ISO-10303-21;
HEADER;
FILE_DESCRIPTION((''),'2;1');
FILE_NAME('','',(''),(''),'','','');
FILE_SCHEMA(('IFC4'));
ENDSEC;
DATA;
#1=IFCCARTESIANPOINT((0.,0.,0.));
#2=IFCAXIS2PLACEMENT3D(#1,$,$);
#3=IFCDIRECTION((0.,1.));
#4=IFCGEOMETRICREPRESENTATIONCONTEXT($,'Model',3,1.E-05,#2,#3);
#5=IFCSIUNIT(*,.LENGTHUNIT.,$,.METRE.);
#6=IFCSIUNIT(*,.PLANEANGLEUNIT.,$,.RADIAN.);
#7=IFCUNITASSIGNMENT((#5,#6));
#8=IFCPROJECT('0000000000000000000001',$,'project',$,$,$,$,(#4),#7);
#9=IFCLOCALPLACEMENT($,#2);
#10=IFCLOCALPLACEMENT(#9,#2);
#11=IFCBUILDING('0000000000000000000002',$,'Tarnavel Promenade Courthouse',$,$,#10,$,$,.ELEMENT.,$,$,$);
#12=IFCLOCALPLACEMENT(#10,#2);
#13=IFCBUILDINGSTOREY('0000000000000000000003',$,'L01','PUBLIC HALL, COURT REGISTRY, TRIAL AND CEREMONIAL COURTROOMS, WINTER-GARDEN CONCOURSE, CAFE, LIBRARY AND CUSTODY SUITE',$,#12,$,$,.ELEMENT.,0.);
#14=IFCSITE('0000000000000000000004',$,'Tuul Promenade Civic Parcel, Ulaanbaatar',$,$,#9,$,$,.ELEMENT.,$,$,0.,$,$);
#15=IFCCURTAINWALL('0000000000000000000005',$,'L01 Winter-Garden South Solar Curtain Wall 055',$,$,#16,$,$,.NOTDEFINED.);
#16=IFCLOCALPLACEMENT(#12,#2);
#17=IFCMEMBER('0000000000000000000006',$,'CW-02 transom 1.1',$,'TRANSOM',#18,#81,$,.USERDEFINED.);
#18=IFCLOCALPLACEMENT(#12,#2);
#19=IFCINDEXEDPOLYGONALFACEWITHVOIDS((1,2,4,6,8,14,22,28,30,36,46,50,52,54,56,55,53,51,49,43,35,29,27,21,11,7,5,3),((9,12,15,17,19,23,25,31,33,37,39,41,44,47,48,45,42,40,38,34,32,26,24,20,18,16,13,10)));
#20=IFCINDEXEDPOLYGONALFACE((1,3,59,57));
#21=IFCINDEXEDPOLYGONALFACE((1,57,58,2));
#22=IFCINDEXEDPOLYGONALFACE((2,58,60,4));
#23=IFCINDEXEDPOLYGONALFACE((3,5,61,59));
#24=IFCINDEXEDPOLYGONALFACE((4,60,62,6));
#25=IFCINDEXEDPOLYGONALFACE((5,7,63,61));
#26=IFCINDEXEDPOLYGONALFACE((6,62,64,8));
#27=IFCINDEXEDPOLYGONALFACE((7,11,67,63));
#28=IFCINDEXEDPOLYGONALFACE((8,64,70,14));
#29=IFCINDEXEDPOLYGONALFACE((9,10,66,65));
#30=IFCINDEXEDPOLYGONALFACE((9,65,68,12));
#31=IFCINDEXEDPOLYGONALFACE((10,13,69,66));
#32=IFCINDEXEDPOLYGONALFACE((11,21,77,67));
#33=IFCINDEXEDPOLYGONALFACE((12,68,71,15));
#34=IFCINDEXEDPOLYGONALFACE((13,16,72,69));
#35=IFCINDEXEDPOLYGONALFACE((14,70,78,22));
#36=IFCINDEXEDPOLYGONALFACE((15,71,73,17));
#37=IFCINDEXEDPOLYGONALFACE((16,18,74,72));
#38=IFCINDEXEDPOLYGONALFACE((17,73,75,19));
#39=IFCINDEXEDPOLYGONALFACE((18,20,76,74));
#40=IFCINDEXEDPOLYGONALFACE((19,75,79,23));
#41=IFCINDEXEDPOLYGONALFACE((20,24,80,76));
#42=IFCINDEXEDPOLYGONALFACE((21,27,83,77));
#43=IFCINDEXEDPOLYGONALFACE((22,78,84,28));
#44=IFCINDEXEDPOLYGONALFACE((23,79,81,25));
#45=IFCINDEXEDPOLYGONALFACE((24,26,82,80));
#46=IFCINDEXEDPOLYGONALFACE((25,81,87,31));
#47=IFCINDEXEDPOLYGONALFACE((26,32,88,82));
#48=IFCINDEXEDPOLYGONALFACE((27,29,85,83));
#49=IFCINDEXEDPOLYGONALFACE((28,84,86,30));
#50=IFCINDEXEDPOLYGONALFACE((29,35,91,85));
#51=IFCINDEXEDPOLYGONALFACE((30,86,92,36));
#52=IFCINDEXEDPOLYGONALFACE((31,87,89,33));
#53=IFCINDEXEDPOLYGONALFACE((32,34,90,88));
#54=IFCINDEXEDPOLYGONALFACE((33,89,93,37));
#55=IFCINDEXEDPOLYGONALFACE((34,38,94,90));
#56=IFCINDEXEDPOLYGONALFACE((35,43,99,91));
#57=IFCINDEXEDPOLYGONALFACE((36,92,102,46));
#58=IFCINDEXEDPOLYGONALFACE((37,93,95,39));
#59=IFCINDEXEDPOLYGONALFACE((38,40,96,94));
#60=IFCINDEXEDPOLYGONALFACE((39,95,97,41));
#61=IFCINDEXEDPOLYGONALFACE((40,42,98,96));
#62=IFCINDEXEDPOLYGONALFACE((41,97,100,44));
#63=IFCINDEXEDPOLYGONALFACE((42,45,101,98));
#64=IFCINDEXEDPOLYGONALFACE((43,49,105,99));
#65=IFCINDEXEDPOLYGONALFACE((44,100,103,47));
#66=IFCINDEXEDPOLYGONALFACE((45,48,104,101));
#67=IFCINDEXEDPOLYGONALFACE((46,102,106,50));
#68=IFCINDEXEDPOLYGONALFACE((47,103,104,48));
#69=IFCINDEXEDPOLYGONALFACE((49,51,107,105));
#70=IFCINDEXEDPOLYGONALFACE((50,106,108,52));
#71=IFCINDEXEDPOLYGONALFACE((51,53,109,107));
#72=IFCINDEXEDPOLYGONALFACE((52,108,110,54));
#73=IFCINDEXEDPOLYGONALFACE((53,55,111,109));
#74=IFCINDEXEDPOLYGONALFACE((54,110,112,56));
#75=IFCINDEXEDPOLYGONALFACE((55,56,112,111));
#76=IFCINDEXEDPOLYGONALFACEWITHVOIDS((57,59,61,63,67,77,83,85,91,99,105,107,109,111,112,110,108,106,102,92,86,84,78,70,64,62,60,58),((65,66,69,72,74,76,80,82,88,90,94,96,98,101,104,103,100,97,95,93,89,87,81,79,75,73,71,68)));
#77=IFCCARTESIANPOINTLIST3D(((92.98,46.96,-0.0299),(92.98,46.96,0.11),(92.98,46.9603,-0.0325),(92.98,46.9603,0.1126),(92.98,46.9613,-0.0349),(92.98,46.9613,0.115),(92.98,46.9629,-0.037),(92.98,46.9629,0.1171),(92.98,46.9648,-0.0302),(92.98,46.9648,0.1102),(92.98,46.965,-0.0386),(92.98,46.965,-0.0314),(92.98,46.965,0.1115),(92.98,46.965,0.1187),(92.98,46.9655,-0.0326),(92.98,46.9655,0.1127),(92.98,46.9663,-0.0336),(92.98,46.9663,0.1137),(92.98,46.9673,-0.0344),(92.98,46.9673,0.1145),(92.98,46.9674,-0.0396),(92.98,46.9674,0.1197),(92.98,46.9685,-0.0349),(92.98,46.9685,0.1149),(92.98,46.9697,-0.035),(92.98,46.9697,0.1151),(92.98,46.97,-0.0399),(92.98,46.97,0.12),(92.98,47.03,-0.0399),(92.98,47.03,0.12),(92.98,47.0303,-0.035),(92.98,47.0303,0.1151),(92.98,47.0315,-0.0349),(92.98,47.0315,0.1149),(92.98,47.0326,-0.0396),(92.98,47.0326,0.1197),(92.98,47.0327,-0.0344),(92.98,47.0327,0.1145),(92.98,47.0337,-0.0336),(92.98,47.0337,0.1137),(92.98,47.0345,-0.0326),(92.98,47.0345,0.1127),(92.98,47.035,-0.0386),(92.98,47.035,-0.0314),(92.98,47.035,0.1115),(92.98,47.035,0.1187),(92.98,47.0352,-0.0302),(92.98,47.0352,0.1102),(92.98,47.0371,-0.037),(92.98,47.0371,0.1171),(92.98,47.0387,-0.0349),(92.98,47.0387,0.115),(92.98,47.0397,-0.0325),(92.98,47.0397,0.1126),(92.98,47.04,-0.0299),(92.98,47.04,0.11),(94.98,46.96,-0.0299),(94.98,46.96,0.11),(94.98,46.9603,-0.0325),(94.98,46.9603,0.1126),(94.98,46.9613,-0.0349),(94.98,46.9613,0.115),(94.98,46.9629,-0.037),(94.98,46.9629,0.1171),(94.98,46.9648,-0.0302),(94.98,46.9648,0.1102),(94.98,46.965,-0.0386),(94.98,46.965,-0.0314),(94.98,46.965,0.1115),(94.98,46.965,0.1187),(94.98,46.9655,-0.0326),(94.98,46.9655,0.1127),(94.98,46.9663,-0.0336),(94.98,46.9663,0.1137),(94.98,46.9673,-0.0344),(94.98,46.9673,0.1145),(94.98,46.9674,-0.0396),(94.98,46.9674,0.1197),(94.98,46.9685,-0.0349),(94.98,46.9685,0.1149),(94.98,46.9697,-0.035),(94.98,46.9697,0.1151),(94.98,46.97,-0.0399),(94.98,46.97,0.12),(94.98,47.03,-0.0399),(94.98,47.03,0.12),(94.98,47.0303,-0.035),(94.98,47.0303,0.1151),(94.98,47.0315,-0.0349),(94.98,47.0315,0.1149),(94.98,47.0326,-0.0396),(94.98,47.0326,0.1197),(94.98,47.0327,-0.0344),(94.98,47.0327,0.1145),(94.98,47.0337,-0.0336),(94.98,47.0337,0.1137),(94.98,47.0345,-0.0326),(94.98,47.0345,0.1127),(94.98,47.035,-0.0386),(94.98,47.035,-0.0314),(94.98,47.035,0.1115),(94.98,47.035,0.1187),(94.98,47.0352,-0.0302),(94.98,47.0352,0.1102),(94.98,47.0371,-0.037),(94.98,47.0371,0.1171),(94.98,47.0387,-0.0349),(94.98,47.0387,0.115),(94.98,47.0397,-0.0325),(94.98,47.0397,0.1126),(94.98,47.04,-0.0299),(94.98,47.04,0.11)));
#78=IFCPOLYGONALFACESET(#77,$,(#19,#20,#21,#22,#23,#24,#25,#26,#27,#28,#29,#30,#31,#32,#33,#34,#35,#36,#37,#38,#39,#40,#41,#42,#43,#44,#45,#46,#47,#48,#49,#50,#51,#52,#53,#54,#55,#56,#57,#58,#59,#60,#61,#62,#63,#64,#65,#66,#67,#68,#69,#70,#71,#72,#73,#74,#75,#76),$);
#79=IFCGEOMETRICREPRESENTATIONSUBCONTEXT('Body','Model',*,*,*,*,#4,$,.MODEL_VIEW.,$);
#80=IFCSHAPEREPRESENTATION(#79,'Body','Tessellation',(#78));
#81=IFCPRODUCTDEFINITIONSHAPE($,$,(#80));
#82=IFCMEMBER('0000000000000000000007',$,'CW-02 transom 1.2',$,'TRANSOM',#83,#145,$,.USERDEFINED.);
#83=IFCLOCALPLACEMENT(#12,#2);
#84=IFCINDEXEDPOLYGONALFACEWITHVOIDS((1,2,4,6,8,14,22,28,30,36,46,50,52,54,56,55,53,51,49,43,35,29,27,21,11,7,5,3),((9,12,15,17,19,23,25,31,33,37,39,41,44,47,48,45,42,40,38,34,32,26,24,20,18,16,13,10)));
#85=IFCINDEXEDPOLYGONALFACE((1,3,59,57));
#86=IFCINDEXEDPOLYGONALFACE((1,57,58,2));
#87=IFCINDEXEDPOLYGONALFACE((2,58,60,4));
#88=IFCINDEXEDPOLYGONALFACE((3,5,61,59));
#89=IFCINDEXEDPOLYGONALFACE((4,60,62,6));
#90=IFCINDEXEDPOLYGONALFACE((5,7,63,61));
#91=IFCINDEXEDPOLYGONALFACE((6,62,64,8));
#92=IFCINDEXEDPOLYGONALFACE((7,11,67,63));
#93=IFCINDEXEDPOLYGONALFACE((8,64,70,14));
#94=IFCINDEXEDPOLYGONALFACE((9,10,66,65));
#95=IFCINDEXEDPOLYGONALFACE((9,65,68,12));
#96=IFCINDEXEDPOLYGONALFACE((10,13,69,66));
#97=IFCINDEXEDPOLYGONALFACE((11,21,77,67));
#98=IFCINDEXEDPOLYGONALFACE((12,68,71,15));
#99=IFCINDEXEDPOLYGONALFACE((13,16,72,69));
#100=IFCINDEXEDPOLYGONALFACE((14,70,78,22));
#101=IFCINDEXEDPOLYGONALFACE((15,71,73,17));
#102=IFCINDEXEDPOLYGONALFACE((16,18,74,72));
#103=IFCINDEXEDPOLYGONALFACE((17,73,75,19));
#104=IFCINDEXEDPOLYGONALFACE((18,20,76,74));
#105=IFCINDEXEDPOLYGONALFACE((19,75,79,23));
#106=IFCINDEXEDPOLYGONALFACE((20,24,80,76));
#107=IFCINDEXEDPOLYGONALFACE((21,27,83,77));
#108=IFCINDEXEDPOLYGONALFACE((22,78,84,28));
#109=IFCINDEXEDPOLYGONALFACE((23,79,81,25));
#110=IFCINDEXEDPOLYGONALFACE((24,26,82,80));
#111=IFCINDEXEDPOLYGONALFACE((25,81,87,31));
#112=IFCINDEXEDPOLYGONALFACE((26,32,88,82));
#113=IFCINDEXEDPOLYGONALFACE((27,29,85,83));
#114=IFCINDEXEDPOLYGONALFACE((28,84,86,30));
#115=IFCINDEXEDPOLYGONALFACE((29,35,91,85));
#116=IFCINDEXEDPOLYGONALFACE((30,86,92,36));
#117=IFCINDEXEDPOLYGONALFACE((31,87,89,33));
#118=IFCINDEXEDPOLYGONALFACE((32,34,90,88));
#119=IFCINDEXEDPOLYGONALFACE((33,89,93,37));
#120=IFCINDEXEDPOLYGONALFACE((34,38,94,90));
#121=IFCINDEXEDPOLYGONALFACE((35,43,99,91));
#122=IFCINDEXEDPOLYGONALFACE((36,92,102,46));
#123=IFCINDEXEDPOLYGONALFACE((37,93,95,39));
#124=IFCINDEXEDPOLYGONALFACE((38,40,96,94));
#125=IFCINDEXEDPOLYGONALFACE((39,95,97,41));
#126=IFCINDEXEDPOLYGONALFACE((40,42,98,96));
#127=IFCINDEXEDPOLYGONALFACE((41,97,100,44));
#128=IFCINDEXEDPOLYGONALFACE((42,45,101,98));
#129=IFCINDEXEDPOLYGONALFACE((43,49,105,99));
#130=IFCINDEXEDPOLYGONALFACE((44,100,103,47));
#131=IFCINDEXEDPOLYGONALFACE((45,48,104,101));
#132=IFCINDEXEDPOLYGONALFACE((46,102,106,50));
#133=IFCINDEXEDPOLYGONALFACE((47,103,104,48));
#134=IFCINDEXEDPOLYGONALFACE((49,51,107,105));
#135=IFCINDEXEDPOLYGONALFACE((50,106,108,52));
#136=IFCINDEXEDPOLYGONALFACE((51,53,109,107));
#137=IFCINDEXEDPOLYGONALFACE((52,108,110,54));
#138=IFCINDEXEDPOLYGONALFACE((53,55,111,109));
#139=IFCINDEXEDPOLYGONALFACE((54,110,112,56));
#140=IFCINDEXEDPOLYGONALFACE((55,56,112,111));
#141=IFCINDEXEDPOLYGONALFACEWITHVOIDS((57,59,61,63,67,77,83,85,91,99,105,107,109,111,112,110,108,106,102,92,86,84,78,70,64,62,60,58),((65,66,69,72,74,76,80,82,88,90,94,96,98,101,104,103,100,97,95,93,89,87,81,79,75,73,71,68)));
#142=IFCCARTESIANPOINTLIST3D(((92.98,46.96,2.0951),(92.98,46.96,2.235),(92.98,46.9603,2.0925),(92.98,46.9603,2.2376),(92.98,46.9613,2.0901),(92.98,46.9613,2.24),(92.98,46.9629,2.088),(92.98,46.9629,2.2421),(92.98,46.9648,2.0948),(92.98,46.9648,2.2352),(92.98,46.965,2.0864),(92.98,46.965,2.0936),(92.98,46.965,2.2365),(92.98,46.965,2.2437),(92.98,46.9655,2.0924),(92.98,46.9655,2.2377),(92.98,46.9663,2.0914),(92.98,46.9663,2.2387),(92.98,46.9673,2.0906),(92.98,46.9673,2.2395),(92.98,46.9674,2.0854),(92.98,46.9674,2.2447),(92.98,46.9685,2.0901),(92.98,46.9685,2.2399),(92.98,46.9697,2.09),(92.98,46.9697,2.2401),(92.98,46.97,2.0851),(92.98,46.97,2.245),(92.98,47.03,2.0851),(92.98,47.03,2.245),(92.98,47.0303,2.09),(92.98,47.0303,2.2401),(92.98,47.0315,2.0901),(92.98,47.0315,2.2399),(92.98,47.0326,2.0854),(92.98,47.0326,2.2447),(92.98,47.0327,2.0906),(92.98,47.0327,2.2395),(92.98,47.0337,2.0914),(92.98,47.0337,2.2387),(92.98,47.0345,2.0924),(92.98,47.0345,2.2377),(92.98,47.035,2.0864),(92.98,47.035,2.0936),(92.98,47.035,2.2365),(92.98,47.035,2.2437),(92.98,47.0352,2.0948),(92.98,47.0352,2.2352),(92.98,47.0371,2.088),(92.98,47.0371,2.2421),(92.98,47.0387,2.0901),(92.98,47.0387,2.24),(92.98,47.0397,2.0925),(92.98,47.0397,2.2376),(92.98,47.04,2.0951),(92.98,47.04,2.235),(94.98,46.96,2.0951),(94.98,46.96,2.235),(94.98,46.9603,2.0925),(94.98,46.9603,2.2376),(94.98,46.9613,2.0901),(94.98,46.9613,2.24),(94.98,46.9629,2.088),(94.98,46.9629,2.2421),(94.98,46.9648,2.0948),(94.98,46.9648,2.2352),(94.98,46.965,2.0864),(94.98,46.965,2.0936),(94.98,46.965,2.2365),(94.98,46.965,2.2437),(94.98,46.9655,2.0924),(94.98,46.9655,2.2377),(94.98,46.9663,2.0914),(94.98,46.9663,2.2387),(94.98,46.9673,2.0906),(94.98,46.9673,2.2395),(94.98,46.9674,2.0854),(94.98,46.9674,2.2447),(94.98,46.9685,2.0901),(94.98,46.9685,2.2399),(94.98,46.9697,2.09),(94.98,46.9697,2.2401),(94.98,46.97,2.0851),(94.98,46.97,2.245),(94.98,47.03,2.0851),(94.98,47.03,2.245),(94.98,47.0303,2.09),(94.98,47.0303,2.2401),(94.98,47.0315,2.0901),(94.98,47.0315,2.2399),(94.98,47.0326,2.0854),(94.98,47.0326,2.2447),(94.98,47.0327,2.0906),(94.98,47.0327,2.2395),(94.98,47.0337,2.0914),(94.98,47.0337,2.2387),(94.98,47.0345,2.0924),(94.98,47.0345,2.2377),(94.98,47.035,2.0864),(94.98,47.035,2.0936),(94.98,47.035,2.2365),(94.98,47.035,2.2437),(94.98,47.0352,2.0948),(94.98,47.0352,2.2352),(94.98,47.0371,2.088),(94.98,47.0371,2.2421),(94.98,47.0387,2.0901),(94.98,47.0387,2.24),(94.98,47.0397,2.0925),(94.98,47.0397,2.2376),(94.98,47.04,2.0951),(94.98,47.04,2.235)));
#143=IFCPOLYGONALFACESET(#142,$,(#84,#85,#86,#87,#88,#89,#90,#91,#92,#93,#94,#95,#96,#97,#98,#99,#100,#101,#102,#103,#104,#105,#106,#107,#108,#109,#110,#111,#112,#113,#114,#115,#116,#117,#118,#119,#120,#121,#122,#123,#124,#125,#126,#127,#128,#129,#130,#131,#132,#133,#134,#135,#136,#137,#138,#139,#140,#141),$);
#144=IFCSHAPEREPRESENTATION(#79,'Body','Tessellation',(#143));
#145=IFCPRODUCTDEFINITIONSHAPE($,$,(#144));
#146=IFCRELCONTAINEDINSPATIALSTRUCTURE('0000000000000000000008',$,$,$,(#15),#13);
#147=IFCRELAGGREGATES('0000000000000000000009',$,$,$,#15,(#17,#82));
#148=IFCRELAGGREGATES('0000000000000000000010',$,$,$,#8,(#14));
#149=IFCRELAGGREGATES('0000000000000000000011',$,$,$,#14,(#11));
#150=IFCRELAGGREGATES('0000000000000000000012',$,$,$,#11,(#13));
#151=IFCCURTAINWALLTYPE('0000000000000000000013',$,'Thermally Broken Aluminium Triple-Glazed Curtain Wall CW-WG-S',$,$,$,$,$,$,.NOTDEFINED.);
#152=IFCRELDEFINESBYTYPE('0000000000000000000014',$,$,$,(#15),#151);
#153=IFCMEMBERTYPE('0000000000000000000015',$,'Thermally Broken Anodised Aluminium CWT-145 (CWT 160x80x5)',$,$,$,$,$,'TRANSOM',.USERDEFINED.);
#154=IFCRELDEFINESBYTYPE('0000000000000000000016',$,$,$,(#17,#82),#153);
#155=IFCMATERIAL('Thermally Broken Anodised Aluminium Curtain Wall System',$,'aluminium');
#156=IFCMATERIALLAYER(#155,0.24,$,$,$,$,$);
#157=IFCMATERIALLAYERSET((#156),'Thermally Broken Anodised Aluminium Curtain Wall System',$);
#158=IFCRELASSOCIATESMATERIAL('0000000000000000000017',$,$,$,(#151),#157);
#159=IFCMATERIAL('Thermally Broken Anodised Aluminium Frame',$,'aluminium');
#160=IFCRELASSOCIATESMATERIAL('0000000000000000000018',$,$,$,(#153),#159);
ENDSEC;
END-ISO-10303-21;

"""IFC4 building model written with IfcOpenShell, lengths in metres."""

from ifc_helpers import new_model, si_unit, direction, frame, origin, origin_2d, place, context, subcontext, project, spatial, hollow_rectangle, extrude, material, layer, layer_set, material_profile, profile_set, type_object, element, aggregate, save


model = new_model("IFC4")

# Units and contexts
model_context = context("Model", 3, precision=1e-05, world=origin(), true_north=direction((0.0, 1.0)))
body_context = subcontext(model_context, "Body", "Model", "MODEL_VIEW")
ifc_project = project(units=[si_unit("LENGTHUNIT", "METRE"), si_unit("PLANEANGLEUNIT", "RADIAN")], contexts=[model_context])

# Site, building, storey
site_placement = place(None, origin())
site = spatial("IfcSite", under=ifc_project, at=site_placement, Name="Tuul Promenade Civic Parcel, Ulaanbaatar", CompositionType="ELEMENT", RefElevation=0.0)
building_placement = place(site_placement, origin())
building = spatial("IfcBuilding", under=site, at=building_placement, Name="Tarnavel Promenade Courthouse", CompositionType="ELEMENT")
storey_placement = place(building_placement, origin())
storey = spatial("IfcBuildingStorey", under=building, at=storey_placement, Name="L01", Description="PUBLIC HALL, COURT REGISTRY, TRIAL AND CEREMONIAL COURTROOMS, WINTER-GARDEN CONCOURSE, CAFE, LIBRARY AND CUSTODY SUITE", CompositionType="ELEMENT", Elevation=0.0)

# Curtain wall
ifc_material_1 = material(Name="Thermally Broken Anodised Aluminium Curtain Wall System", Category="aluminium")
ifc_layer_1 = layer(ifc_material_1, 0.24)
ifc_layer_set_1 = layer_set([ifc_layer_1], Name="Thermally Broken Anodised Aluminium Curtain Wall System")
curtain_wall_type = type_object("IfcCurtainWallType", Name="Thermally Broken Aluminium Triple-Glazed Curtain Wall CW-WG-S", PredefinedType="NOTDEFINED", material=ifc_layer_set_1)
ifc_material_2 = material(Name="Thermally Broken Anodised Aluminium Frame", Category="aluminium")
curtain_wall_1_placement = place(storey_placement, origin())
curtain_wall_1 = element("IfcCurtainWall", 1, at=curtain_wall_1_placement, inside=storey, type_object=curtain_wall_type, Name="L01 Winter-Garden South Solar Curtain Wall 055", PredefinedType="NOTDEFINED")

# Members
ifc_material_profile_1 = material_profile(ifc_material_2, hollow_rectangle(XDim=0.0801, YDim=0.1599, WallThickness=0.0049, InnerFilletRadius=0.0049, OuterFilletRadius=0.01, at=origin_2d()), Name="CWT 160x80x5")
ifc_profile_set_1 = profile_set([ifc_material_profile_1], Name="Thermally Broken Anodised Aluminium Frame")
member_type_1 = type_object("IfcMemberType", Name="Thermally Broken Anodised Aluminium CWT-145 (CWT 160x80x5)", ElementType="TRANSOM", PredefinedType="USERDEFINED", material=ifc_profile_set_1)
member_1_placement = place(storey_placement, frame((92.98, 47.0, 0.04), z_axis=(1.0, 0.0, 0.0), x_axis=(0.0, 1.0, 0.0)))
member_1 = element("IfcMember", 2, at=member_1_placement, type_object=member_type_1, Name="CW-02 transom 1.1", ObjectType="TRANSOM", PredefinedType="USERDEFINED", context=body_context, shape_type="SweptSolid", body=[
    extrude(hollow_rectangle(XDim=0.0801, YDim=0.1599, WallThickness=0.0049, InnerFilletRadius=0.0049, OuterFilletRadius=0.01, at=origin_2d()), origin(), (0.0, 0.0, 1.0), 2.0),
])
member_2_placement = place(storey_placement, frame((92.98, 47.0, 2.165), z_axis=(1.0, 0.0, 0.0), x_axis=(0.0, 1.0, 0.0)))
member_2 = element("IfcMember", 3, at=member_2_placement, type_object=member_type_1, Name="CW-02 transom 1.2", ObjectType="TRANSOM", PredefinedType="USERDEFINED", context=body_context, shape_type="SweptSolid", body=[
    extrude(hollow_rectangle(XDim=0.0801, YDim=0.1599, WallThickness=0.0049, InnerFilletRadius=0.0049, OuterFilletRadius=0.01, at=origin_2d()), origin(), (0.0, 0.0, 1.0), 2.0),
])

aggregate(curtain_wall_1, [member_1, member_2])

save(model, "model.ifc")
